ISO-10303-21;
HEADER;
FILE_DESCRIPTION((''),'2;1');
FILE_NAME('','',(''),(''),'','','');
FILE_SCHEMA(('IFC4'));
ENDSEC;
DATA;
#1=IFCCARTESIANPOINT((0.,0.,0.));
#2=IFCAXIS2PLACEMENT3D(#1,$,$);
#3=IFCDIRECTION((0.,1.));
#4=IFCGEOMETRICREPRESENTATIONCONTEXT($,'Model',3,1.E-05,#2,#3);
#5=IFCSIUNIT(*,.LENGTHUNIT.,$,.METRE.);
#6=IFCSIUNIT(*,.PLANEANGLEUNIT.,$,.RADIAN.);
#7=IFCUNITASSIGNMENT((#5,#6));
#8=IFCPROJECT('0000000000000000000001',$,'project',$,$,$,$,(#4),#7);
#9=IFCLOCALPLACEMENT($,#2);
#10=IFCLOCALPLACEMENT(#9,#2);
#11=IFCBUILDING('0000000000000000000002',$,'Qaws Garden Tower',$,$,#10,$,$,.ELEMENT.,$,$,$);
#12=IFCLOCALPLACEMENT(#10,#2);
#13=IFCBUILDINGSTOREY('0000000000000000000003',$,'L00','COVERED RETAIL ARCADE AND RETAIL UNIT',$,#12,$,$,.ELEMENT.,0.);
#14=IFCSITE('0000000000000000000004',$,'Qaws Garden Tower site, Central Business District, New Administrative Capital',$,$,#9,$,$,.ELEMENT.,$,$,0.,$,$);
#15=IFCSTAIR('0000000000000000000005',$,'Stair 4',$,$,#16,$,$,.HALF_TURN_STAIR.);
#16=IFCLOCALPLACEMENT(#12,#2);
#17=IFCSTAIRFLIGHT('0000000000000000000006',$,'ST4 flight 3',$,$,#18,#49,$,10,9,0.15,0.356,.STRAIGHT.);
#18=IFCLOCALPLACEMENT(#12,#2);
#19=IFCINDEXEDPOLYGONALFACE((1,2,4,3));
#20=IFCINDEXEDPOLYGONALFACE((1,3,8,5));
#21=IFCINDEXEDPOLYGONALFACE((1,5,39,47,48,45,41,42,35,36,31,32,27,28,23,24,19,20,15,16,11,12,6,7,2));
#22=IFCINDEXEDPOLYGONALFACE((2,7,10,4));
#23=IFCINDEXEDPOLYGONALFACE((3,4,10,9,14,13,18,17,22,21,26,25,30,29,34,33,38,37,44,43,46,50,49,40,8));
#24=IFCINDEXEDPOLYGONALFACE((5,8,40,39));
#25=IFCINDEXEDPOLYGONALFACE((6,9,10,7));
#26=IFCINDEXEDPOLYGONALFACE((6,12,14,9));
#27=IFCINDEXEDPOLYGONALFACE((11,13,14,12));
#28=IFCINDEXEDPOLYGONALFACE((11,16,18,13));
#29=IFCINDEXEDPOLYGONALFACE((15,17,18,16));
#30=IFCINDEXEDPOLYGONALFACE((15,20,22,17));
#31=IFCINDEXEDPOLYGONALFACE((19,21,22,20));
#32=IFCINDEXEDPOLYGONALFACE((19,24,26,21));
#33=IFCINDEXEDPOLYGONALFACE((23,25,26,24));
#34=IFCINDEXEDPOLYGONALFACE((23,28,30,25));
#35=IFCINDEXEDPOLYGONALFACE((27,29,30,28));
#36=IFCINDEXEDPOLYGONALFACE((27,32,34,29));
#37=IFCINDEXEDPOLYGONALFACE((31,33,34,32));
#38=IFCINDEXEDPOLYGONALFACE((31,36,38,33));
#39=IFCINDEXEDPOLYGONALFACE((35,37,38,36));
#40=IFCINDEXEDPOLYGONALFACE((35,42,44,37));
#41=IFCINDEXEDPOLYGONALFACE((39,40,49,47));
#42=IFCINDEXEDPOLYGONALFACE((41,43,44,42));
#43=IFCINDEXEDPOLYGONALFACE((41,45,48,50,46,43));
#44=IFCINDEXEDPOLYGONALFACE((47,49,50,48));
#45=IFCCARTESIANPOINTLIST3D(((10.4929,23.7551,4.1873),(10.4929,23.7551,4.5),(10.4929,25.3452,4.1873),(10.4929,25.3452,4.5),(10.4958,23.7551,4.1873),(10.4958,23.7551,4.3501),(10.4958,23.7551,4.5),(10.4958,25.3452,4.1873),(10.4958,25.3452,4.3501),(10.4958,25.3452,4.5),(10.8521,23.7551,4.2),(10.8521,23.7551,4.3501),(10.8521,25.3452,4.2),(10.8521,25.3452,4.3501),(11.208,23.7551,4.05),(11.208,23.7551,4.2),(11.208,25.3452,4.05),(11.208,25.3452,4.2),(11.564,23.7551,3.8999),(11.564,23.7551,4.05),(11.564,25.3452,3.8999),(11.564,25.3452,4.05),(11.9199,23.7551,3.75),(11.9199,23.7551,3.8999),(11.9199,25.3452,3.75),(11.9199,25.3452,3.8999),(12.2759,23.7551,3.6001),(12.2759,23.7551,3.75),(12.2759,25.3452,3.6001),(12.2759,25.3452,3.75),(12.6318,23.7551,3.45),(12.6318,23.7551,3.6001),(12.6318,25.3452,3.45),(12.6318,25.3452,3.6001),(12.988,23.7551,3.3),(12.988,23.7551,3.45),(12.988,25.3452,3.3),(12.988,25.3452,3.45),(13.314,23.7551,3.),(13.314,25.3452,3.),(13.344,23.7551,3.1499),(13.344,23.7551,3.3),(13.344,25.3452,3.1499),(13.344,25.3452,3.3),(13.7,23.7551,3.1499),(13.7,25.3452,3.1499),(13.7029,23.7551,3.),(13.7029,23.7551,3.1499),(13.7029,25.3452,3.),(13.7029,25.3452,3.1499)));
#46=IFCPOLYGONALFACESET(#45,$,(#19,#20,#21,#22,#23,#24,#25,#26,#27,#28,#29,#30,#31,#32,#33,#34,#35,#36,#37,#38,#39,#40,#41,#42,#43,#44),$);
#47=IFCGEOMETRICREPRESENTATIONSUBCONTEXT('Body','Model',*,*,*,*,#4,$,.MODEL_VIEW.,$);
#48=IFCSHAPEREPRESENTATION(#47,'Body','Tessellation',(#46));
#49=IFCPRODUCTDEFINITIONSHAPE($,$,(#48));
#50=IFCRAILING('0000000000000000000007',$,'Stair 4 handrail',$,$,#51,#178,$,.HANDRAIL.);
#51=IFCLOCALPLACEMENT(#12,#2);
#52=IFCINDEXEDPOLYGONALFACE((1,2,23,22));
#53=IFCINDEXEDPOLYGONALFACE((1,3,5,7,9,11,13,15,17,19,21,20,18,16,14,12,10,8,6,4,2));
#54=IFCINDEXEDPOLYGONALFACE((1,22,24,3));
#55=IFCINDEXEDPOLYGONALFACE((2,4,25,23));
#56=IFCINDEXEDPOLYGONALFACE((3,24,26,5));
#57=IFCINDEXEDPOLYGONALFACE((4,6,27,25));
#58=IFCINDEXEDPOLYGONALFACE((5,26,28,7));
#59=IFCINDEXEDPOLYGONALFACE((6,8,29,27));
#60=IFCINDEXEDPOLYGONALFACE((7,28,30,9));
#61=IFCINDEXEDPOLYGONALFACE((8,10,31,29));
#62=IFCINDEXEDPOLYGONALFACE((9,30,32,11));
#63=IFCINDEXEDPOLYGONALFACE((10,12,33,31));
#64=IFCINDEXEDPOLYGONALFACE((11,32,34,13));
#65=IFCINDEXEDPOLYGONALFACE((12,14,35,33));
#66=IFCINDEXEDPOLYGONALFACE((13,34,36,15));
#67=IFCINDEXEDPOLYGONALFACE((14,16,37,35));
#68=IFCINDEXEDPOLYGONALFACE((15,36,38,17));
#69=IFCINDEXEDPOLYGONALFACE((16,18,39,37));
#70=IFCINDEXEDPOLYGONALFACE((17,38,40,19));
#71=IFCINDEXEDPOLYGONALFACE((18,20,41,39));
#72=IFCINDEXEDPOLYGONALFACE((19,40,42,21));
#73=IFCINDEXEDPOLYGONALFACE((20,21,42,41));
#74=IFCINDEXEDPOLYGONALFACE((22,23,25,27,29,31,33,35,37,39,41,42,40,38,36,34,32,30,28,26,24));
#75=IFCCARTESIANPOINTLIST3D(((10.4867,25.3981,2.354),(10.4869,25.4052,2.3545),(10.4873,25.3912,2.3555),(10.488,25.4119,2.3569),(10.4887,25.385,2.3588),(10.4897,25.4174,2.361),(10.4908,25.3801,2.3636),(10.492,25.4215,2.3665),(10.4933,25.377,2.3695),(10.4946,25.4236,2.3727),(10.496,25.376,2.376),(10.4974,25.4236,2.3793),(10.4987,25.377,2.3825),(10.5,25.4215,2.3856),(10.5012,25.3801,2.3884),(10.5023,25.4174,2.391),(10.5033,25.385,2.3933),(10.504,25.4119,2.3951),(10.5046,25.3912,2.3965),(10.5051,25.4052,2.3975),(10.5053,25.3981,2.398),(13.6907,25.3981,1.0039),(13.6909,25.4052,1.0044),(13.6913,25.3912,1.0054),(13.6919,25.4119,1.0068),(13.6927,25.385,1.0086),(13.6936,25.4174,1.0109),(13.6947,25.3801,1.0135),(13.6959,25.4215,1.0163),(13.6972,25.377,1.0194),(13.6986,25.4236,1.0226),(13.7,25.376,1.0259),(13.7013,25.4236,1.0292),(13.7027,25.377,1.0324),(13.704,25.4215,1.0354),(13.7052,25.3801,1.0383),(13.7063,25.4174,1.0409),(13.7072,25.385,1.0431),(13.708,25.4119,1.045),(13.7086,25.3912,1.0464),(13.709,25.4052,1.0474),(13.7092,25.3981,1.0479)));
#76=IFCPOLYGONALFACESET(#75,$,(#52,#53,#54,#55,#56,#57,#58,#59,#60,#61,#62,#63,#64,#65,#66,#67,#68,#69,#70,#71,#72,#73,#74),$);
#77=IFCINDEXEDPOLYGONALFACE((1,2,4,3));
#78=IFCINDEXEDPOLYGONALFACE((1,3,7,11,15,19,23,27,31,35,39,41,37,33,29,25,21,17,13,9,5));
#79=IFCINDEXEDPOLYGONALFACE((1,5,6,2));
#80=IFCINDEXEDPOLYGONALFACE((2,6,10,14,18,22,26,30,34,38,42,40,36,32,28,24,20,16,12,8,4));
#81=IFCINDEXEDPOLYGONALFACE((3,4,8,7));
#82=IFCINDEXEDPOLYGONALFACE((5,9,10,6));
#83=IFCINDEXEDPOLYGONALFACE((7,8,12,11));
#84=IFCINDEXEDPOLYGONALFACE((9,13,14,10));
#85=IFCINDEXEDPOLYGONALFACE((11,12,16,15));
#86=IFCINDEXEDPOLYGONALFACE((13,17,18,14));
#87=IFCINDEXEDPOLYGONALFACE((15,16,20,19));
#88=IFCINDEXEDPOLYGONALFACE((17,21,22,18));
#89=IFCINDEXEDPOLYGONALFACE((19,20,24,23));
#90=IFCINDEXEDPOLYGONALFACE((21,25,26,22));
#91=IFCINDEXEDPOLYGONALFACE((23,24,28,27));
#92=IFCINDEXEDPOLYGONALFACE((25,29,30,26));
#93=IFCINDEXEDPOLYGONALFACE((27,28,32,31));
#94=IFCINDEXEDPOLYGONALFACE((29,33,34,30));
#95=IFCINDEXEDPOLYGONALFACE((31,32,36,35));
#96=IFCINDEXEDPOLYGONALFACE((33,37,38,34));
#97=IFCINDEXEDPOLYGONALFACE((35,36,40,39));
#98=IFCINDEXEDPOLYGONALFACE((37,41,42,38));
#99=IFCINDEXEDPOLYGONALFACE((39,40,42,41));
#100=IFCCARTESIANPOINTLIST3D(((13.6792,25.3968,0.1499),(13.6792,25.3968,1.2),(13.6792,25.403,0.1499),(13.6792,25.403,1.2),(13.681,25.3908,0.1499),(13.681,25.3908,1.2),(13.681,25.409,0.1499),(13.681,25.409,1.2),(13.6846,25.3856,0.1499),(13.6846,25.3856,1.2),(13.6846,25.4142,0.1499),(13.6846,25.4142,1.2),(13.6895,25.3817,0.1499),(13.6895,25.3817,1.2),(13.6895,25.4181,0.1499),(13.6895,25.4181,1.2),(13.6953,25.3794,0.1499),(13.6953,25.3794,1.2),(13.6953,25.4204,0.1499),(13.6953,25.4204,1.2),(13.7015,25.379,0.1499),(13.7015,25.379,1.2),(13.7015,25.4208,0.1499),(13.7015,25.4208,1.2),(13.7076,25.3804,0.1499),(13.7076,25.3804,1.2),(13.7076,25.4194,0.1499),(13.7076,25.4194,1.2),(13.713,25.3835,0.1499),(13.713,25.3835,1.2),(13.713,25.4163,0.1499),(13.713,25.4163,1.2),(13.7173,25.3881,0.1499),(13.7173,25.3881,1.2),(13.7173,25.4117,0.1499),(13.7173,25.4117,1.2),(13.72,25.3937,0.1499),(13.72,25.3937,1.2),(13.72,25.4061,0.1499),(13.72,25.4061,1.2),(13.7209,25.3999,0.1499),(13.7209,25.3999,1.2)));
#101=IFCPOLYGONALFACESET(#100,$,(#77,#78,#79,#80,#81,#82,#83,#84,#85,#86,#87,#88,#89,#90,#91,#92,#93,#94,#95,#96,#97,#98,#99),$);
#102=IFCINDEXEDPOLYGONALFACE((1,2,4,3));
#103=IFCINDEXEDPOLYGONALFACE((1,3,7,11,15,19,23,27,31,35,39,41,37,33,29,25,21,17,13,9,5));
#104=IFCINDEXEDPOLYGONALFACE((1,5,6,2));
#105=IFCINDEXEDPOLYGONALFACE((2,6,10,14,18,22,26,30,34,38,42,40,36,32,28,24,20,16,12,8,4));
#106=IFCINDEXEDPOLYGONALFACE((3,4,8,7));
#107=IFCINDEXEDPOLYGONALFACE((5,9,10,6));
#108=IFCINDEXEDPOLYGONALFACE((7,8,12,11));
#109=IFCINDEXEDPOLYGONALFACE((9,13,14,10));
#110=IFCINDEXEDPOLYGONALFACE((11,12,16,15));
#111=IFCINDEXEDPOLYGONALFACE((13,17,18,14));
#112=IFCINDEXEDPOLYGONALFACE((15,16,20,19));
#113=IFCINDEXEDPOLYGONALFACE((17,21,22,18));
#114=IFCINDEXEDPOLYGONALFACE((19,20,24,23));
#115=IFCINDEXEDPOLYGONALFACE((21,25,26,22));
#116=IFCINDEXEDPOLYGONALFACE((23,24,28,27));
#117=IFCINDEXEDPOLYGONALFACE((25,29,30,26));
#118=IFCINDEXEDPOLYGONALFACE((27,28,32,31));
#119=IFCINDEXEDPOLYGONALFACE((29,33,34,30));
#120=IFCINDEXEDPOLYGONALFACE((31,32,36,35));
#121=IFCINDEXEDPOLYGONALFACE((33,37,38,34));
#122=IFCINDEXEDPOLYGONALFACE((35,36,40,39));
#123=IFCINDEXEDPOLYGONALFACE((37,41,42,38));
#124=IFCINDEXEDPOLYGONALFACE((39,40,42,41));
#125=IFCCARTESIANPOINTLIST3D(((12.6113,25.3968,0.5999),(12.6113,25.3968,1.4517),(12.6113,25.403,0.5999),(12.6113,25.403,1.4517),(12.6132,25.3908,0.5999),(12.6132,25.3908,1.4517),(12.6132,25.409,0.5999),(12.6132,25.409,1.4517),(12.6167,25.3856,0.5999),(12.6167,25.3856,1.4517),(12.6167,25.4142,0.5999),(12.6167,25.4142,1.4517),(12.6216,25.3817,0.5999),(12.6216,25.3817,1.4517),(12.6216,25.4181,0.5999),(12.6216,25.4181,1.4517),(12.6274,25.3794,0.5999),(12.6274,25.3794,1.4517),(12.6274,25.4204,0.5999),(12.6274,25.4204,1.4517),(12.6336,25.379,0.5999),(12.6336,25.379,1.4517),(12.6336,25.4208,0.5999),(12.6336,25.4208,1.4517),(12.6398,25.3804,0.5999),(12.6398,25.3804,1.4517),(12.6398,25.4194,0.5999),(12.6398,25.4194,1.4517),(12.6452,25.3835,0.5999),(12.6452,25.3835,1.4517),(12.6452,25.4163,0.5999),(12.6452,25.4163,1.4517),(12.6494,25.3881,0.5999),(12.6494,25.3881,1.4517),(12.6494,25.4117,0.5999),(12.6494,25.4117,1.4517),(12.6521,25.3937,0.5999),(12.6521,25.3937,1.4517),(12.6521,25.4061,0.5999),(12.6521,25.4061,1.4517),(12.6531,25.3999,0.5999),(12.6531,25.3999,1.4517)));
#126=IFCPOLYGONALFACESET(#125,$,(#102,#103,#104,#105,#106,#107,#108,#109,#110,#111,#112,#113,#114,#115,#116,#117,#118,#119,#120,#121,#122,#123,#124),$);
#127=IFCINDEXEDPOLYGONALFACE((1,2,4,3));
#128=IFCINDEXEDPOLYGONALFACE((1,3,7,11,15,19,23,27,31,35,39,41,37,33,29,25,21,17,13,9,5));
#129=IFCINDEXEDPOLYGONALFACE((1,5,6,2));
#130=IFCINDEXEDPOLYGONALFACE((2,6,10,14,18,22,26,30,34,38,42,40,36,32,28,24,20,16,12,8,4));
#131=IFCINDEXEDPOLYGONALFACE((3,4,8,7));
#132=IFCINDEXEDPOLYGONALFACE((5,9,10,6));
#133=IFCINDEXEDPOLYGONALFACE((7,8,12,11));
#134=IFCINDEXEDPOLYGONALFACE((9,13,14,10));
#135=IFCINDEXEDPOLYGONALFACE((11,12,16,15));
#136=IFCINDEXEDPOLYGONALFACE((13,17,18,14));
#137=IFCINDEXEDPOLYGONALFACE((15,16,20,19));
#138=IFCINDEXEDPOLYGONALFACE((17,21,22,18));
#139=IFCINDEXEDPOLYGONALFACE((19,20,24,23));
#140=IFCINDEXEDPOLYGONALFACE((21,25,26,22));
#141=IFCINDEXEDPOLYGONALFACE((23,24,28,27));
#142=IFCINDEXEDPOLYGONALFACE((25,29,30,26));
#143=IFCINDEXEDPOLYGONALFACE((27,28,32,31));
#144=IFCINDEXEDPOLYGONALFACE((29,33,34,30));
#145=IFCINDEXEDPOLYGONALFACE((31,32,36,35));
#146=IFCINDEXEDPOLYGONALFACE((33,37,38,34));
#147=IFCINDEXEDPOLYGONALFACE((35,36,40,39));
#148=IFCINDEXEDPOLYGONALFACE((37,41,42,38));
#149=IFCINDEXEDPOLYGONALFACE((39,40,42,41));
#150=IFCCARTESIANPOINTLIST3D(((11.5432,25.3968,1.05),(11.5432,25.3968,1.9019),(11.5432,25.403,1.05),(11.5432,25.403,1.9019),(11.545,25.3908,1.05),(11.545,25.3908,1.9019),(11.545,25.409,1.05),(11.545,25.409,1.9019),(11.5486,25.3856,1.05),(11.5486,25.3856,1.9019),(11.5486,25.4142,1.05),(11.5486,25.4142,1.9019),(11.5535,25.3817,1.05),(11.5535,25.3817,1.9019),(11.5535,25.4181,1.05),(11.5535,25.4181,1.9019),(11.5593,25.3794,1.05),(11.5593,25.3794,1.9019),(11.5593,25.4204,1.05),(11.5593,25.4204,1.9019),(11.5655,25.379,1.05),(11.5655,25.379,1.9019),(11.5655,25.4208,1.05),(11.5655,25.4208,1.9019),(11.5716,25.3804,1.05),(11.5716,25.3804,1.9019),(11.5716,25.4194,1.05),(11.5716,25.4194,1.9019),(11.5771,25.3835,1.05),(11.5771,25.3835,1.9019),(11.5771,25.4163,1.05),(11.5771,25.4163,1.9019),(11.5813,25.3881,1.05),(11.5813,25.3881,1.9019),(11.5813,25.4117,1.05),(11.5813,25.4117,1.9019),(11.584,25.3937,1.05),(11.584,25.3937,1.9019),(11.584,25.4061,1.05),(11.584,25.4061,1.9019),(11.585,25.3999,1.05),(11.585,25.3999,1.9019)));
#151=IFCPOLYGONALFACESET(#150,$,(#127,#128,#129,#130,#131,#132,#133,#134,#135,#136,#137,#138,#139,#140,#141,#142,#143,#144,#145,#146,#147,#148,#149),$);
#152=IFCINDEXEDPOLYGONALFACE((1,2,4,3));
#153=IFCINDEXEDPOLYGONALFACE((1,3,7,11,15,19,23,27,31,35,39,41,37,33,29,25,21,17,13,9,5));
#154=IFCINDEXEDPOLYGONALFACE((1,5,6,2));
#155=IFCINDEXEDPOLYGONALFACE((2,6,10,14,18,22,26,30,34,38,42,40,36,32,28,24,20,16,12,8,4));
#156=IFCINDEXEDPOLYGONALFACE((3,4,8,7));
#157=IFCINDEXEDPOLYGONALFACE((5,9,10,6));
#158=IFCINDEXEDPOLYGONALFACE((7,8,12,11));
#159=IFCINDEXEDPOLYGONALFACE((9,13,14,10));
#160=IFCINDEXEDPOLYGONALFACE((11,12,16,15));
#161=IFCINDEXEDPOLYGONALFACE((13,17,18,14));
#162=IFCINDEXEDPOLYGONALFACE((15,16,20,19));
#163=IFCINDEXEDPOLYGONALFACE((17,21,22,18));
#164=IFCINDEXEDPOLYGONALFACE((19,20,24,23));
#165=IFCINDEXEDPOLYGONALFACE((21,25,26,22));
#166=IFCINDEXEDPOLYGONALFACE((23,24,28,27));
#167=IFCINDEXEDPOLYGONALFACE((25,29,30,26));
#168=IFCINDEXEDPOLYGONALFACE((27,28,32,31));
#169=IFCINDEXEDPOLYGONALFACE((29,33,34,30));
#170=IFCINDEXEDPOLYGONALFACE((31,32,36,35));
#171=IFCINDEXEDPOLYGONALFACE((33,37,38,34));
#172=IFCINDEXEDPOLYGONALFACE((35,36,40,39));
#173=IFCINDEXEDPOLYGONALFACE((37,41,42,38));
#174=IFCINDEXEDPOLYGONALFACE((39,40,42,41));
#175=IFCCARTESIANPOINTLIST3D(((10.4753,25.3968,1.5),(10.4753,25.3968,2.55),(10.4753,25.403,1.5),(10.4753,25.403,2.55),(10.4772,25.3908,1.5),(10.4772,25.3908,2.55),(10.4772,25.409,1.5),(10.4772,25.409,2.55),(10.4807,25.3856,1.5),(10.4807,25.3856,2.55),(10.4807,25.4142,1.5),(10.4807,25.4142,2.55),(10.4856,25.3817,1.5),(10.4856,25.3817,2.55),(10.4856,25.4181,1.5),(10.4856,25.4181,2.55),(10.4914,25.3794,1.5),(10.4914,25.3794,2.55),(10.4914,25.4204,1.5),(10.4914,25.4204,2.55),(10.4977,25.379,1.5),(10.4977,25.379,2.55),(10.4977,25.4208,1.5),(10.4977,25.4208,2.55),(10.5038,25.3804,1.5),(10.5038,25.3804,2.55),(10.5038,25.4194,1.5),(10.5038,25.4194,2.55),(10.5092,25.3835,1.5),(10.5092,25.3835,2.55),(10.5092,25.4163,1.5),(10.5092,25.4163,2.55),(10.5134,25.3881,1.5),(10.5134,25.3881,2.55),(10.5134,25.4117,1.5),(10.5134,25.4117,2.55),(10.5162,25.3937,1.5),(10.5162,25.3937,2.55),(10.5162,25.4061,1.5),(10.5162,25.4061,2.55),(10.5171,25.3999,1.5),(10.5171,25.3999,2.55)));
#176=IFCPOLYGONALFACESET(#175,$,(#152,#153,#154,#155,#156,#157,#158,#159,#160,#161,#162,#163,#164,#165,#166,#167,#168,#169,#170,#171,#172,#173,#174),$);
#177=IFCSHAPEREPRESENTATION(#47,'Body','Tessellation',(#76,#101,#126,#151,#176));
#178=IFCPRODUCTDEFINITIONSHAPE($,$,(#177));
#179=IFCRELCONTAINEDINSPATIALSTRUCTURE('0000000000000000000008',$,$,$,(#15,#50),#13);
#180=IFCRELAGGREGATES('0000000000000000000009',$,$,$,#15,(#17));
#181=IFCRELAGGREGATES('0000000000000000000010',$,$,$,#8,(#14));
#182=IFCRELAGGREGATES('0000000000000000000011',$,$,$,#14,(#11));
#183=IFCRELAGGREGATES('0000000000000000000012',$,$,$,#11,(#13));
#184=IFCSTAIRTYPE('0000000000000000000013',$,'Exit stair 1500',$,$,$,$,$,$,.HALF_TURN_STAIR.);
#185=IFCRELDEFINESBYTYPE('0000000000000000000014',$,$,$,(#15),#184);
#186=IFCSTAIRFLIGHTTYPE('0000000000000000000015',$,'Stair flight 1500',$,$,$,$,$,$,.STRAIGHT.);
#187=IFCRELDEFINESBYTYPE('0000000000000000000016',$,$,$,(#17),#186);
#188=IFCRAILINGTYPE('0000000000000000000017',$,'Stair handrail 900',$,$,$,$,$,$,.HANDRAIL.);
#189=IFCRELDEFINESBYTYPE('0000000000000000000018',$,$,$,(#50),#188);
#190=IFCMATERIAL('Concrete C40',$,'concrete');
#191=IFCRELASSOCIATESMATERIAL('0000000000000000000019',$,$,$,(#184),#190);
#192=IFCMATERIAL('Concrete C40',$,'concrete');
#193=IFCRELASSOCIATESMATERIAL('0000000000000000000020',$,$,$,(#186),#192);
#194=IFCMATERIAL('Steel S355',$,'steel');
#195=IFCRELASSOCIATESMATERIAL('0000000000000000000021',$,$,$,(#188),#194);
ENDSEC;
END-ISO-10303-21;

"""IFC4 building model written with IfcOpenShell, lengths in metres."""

from ifc_helpers import new_model, si_unit, direction, frame, origin, origin_2d, place, context, subcontext, project, spatial, polyline, circle, outline, extrude, material, type_object, element, aggregate, save


model = new_model("IFC4")

# Units and contexts
model_context = context("Model", 3, precision=1e-05, world=origin(), true_north=direction((0.0, 1.0)))
body_context = subcontext(model_context, "Body", "Model", "MODEL_VIEW")
ifc_project = project(units=[si_unit("LENGTHUNIT", "METRE"), si_unit("PLANEANGLEUNIT", "RADIAN")], contexts=[model_context])

# Site, building, storey
site_placement = place(None, origin())
site = spatial("IfcSite", under=ifc_project, at=site_placement, Name="Qaws Garden Tower site, Central Business District, New Administrative Capital", CompositionType="ELEMENT", RefElevation=0.0)
building_placement = place(site_placement, origin())
building = spatial("IfcBuilding", under=site, at=building_placement, Name="Qaws Garden Tower", CompositionType="ELEMENT")
storey_placement = place(building_placement, origin())
storey = spatial("IfcBuildingStorey", under=building, at=storey_placement, Name="L00", Description="COVERED RETAIL ARCADE AND RETAIL UNIT", CompositionType="ELEMENT", Elevation=0.0)

# Stair, stair flight
ifc_material_1 = material(Name="Concrete C40", Category="concrete")
stair_type = type_object("IfcStairType", Name="Exit stair 1500", PredefinedType="HALF_TURN_STAIR", material=ifc_material_1)
stair_placement = place(storey_placement, origin())
stair = element("IfcStair", 1, at=stair_placement, inside=storey, type_object=stair_type, Name="Stair 4", PredefinedType="HALF_TURN_STAIR")
ifc_material_2 = material(Name="Concrete C40", Category="concrete")
stair_flight_type = type_object("IfcStairFlightType", Name="Stair flight 1500", PredefinedType="STRAIGHT", material=ifc_material_2)
stair_flight_1_placement = place(storey_placement, frame((13.7, 24.55, 3.0), z_axis=(0.0, 0.0, 1.0), x_axis=(-1.0, 0.0, 0.0)))
stair_flight_1 = element("IfcStairFlight", 2, at=stair_flight_1_placement, type_object=stair_flight_type, Name="ST4 flight 3", NumberOfRisers=10, NumberOfTreads=9, PredefinedType="STRAIGHT", RiserHeight=0.15, TreadLength=0.356, context=body_context, shape_type="SweptSolid", body=[
    extrude(outline(polyline([(-0.0029, 0.0), (-0.0029, 0.1499), (0.0, 0.1499), (0.356, 0.1499), (0.356, 0.3), (0.7119, 0.3), (0.7119, 0.45), (1.0681, 0.45), (1.0681, 0.6001), (1.4241, 0.6001), (1.4241, 0.75), (1.78, 0.75), (1.78, 0.8999), (2.136, 0.8999), (2.136, 1.05), (2.4919, 1.05), (2.4919, 1.2), (2.8479, 1.2), (2.8479, 1.3501), (3.2041, 1.3501), (3.2041, 1.5), (3.207, 1.5), (3.207, 1.1873), (3.2041, 1.1873), (0.386, 0.0), (-0.0029, 0.0)])), frame((0.0, 0.7949, 0.0), z_axis=(0.0, -1.0, 0.0), x_axis=(1.0, 0.0, 0.0)), (0.0, 0.0, 1.0), 1.5901),
])
aggregate(stair, [stair_flight_1])

# Railing
ifc_material_3 = material(Name="Steel S355", Category="steel")
railing_type = type_object("IfcRailingType", Name="Stair handrail 900", PredefinedType="HANDRAIL", material=ifc_material_3)
for number, where, name in (
    (3, (13.7, 25.3999, 0.1499), "Stair 4 handrail"),
):
    element("IfcRailing", number, at=place(storey_placement, frame(where)), inside=storey, type_object=railing_type, Name=name, PredefinedType="HANDRAIL", context=body_context, shape_type="SweptSolid", body=[
        extrude(circle(Radius=0.0239, at=origin_2d()), frame((0.0, 0.0, 0.876), z_axis=(-0.921522, 0.0, 0.388327), x_axis=(0.0, -1.0, 0.0)), (0.0, 0.0, 1.0), 3.4768),
        extrude(circle(Radius=0.021, at=origin_2d()), origin(), (0.0, 0.0, 1.0), 1.05),
        extrude(circle(Radius=0.021, at=origin_2d()), frame((-1.0679, 0.0, 0.45)), (0.0, 0.0, 1.0), 0.8518),
        extrude(circle(Radius=0.021, at=origin_2d()), frame((-2.136, 0.0, 0.9001)), (0.0, 0.0, 1.0), 0.8518),
        extrude(circle(Radius=0.021, at=origin_2d()), frame((-3.2039, 0.0, 1.3501)), (0.0, 0.0, 1.0), 1.05),
    ])

save(model, "model.ifc")
